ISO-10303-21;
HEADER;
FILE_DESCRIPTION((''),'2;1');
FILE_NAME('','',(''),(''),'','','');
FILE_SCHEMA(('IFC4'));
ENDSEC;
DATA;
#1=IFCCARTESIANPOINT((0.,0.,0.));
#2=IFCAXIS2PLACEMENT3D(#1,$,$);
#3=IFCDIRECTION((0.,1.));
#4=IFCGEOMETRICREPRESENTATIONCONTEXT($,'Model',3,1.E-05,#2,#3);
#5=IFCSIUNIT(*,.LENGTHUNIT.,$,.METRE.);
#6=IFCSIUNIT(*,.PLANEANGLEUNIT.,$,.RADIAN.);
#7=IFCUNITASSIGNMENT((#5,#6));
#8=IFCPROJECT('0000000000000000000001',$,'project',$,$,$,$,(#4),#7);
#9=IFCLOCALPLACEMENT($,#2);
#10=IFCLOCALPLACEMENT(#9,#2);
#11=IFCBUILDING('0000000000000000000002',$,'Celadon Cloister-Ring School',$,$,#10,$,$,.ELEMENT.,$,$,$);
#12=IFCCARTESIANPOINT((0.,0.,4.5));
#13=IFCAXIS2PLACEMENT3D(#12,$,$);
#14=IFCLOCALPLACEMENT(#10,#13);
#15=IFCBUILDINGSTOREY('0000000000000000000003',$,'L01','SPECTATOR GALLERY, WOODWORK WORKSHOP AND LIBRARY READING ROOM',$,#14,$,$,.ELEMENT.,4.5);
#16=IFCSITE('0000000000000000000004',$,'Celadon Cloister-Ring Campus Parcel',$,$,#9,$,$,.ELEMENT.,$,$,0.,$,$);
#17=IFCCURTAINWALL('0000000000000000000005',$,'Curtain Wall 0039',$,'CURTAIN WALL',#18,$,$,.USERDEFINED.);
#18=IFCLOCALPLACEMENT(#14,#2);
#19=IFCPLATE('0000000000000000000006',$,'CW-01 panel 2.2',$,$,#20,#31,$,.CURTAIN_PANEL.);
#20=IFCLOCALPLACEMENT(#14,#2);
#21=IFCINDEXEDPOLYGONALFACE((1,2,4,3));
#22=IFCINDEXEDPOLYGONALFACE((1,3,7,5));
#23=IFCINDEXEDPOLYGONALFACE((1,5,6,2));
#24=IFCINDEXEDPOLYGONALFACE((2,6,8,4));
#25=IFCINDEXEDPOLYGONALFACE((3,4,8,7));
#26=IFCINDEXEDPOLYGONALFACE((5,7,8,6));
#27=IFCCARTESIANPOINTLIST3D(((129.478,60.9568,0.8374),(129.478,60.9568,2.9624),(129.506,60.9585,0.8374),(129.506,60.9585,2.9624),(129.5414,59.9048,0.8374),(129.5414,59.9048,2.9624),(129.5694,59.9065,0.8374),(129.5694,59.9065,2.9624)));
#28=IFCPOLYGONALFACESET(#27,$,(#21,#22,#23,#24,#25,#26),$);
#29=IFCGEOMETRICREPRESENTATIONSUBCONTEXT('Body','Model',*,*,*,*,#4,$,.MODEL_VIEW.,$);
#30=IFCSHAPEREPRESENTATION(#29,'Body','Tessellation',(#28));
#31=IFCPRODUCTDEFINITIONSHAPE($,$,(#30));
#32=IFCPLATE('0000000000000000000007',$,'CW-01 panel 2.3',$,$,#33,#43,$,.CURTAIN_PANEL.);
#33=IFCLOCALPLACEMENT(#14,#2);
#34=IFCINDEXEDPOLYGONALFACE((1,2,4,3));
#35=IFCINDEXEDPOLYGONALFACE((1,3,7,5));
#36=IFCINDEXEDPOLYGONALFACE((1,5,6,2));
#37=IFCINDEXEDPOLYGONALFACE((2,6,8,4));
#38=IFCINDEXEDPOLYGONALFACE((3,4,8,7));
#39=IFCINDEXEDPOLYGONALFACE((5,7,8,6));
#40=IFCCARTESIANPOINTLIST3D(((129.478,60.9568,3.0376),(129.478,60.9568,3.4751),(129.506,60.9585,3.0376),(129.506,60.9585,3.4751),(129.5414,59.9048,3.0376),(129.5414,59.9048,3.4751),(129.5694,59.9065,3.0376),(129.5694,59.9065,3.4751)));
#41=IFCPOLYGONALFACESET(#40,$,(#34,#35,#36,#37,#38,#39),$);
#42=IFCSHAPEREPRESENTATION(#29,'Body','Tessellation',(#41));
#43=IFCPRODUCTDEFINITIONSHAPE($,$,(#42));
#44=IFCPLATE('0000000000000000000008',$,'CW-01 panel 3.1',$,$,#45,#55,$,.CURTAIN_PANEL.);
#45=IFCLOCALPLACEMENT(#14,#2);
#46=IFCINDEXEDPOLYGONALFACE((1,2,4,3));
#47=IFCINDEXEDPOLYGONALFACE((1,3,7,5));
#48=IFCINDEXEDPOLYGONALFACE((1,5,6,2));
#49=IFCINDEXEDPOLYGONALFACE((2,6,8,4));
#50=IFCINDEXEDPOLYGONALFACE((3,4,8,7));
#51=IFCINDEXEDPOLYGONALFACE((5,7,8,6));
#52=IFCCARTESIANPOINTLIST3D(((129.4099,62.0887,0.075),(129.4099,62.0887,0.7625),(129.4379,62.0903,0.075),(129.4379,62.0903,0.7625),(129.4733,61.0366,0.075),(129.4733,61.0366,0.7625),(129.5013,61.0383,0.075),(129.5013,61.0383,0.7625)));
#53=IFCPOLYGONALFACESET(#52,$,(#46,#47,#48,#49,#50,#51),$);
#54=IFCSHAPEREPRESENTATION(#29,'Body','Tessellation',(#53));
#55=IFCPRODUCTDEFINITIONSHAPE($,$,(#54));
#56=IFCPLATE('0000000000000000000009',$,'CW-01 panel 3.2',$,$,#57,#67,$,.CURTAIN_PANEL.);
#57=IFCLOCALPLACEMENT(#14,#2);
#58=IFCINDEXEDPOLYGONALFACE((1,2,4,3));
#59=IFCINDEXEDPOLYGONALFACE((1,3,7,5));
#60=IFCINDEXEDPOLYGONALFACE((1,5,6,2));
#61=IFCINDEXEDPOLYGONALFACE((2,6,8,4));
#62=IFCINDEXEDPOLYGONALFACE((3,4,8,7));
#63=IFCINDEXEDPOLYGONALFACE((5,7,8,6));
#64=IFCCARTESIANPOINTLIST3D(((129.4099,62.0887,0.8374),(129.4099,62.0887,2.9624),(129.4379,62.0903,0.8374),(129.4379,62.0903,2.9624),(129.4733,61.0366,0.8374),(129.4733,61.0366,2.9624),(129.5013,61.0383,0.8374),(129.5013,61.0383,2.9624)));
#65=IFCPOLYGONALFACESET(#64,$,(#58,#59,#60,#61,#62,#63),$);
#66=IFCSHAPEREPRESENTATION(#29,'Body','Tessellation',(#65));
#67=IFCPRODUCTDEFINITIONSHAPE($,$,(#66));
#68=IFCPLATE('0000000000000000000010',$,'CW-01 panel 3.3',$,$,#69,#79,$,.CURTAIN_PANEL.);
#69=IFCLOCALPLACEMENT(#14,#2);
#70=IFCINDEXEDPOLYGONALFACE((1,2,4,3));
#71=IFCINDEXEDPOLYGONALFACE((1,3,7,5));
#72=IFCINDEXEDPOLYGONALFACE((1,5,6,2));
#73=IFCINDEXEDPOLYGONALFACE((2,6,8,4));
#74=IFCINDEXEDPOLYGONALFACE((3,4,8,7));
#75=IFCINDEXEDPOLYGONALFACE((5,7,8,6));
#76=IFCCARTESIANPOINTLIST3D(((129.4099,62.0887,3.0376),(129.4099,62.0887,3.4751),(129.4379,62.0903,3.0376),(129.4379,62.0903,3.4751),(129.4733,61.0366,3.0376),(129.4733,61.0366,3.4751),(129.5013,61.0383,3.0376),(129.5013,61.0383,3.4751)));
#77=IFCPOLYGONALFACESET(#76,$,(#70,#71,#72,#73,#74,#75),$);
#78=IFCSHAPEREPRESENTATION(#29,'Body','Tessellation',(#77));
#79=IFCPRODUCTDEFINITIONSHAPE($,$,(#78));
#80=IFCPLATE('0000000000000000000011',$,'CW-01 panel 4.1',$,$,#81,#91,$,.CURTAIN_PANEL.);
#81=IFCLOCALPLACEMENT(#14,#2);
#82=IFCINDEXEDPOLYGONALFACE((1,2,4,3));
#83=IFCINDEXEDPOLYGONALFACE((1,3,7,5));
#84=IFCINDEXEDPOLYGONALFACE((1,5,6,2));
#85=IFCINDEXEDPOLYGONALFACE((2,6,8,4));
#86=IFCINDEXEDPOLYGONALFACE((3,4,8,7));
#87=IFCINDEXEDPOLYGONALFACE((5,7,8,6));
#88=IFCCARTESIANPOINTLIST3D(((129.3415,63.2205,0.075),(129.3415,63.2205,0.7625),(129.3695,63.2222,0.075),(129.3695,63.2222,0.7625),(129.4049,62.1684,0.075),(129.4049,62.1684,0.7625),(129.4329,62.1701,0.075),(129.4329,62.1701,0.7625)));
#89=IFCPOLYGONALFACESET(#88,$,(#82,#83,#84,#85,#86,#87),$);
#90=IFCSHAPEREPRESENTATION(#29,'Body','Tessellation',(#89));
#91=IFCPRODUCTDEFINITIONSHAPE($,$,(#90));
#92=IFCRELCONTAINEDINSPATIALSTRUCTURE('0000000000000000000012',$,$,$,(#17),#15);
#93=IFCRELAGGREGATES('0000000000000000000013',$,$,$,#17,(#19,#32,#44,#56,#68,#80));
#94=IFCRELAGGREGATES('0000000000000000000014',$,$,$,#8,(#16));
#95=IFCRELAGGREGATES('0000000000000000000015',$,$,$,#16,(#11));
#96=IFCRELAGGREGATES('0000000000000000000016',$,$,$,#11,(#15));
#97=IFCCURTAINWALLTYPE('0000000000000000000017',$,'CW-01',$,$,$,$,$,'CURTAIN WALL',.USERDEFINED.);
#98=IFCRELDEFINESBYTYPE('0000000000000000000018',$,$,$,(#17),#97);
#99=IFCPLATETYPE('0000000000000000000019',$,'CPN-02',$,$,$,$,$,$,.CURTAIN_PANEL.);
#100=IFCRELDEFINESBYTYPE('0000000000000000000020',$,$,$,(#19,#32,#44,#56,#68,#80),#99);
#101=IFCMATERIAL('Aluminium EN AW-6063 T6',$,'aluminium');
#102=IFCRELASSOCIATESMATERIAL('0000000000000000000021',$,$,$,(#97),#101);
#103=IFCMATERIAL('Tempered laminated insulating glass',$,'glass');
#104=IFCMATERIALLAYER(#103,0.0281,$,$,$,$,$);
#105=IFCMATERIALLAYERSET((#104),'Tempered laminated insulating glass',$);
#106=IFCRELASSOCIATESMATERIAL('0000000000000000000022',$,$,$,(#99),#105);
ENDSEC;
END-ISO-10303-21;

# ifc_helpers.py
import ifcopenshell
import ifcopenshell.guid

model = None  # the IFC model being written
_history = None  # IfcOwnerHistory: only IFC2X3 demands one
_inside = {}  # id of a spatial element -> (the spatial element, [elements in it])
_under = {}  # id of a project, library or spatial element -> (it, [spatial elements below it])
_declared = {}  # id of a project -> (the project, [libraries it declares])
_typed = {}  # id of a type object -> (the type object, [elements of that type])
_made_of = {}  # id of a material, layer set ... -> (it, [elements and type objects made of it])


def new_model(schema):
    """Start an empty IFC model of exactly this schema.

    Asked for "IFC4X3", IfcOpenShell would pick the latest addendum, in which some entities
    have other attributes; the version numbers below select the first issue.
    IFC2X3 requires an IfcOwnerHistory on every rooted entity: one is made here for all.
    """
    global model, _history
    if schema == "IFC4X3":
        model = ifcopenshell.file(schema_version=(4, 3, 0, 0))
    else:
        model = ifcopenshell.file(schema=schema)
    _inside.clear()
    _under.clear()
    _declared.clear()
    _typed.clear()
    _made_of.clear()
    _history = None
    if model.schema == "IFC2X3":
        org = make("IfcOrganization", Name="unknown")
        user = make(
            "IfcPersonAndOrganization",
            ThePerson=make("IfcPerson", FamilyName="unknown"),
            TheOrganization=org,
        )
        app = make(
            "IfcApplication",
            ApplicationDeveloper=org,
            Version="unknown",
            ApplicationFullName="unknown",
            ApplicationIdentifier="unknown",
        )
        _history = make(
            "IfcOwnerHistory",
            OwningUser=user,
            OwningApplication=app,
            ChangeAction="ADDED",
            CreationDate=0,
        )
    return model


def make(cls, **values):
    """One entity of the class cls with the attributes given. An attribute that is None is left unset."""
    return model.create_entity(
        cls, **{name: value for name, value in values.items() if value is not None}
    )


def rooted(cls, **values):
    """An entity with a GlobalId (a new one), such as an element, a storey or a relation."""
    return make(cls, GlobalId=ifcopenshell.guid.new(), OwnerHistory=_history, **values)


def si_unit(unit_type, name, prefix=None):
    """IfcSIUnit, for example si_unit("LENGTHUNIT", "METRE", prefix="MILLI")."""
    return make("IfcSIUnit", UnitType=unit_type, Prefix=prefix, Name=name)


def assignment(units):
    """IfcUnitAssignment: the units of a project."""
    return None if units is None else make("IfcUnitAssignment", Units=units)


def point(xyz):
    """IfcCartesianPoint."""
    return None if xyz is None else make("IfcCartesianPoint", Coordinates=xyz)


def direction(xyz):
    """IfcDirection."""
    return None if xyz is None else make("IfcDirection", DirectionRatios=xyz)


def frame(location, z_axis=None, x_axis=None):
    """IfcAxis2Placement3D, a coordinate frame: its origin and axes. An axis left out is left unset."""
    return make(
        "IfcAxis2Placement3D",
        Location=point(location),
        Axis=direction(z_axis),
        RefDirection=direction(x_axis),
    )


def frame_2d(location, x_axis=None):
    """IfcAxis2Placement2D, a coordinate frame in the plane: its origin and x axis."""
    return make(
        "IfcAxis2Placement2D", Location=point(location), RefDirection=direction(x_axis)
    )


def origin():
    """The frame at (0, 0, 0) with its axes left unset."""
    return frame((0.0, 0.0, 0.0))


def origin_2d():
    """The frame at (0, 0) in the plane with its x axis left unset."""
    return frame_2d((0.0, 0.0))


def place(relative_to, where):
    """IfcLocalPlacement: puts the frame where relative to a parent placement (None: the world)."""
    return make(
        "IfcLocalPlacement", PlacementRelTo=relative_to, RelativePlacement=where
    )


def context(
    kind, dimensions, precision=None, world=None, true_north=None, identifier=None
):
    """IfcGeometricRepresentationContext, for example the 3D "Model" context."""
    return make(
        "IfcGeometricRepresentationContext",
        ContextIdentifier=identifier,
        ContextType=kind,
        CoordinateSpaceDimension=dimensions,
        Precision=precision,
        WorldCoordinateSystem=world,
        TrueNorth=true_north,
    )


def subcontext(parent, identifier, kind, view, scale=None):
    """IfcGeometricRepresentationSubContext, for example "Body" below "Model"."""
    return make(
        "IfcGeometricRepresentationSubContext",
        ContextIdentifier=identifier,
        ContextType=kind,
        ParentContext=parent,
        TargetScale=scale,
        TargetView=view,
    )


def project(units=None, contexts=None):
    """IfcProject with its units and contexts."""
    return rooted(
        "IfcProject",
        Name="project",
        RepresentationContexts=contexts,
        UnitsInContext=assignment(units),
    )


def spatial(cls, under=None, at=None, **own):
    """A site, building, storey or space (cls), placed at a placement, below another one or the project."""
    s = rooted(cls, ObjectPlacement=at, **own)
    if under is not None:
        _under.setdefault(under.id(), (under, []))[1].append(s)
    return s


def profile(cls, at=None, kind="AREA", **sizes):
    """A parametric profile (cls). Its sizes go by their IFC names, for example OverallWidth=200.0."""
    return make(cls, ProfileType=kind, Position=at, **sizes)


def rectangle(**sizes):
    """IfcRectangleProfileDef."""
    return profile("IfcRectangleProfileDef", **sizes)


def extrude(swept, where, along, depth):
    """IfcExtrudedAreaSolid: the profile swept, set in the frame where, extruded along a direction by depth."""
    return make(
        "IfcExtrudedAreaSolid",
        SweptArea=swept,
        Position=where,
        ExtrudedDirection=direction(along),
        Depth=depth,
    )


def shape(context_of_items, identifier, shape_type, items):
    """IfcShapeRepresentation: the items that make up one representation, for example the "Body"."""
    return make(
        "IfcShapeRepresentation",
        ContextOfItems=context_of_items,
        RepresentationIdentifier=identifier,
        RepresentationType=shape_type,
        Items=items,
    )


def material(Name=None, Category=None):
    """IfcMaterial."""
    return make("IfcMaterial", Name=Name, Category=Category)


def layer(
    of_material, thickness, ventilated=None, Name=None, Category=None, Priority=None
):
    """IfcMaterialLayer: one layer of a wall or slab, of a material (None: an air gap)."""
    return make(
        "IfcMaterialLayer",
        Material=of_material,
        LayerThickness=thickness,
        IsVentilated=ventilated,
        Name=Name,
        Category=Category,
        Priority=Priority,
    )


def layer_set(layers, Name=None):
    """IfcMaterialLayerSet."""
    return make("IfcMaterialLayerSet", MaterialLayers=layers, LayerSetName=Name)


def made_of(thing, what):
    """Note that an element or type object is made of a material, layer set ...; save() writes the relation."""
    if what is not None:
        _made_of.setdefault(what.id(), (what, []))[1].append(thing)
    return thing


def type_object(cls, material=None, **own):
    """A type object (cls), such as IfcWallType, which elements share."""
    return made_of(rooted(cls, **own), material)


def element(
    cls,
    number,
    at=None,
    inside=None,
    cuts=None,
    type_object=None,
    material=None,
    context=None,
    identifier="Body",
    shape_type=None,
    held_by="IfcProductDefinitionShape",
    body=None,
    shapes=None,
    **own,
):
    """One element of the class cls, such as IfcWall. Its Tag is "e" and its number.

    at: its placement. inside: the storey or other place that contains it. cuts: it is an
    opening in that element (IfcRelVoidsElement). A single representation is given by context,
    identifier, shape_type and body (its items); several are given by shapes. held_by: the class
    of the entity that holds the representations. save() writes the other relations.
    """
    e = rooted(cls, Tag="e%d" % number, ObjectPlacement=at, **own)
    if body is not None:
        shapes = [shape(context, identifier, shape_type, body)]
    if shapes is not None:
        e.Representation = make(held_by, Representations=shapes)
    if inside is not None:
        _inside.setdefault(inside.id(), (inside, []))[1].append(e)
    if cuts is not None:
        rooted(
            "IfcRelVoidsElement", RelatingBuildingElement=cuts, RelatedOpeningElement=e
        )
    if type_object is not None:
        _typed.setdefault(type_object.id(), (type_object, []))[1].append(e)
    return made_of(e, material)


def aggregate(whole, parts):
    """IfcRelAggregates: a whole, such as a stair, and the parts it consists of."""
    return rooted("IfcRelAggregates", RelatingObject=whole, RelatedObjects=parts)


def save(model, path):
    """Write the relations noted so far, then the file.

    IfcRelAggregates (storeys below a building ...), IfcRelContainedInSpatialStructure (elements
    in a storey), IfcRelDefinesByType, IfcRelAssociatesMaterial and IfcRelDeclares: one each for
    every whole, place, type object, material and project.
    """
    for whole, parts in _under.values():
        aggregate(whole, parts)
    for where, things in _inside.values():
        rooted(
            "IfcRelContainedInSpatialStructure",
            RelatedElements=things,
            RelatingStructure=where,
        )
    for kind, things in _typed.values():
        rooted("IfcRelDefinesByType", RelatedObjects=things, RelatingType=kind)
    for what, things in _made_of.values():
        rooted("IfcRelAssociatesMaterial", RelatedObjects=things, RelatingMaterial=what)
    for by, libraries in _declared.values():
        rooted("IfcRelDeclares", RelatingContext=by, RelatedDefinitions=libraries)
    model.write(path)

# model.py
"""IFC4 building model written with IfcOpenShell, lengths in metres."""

from ifc_helpers import new_model, si_unit, direction, frame, origin, origin_2d, place, context, subcontext, project, spatial, rectangle, extrude, material, layer, layer_set, type_object, element, aggregate, save


model = new_model("IFC4")

# Units and contexts
model_context = context("Model", 3, precision=1e-05, world=origin(), true_north=direction((0.0, 1.0)))
body_context = subcontext(model_context, "Body", "Model", "MODEL_VIEW")
ifc_project = project(units=[si_unit("LENGTHUNIT", "METRE"), si_unit("PLANEANGLEUNIT", "RADIAN")], contexts=[model_context])

# Site, building, storey
site_placement = place(None, origin())
site = spatial("IfcSite", under=ifc_project, at=site_placement, Name="Celadon Cloister-Ring Campus Parcel", CompositionType="ELEMENT", RefElevation=0.0)
building_placement = place(site_placement, origin())
building = spatial("IfcBuilding", under=site, at=building_placement, Name="Celadon Cloister-Ring School", CompositionType="ELEMENT")
storey_placement = place(building_placement, frame((0.0, 0.0, 4.5)))
storey = spatial("IfcBuildingStorey", under=building, at=storey_placement, Name="L01", Description="SPECTATOR GALLERY, WOODWORK WORKSHOP AND LIBRARY READING ROOM", CompositionType="ELEMENT", Elevation=4.5)

# Curtain wall, plates
ifc_material_1 = material(Name="Aluminium EN AW-6063 T6", Category="aluminium")
curtain_wall_type = type_object("IfcCurtainWallType", Name="CW-01", ElementType="CURTAIN WALL", PredefinedType="USERDEFINED", material=ifc_material_1)
curtain_wall_placement = place(storey_placement, origin())
curtain_wall = element("IfcCurtainWall", 1, at=curtain_wall_placement, inside=storey, type_object=curtain_wall_type, Name="Curtain Wall 0039", ObjectType="CURTAIN WALL", PredefinedType="USERDEFINED")
ifc_material_2 = material(Name="Tempered laminated insulating glass", Category="glass")
ifc_layer = layer(ifc_material_2, 0.0281)
ifc_layer_set = layer_set([ifc_layer], Name="Tempered laminated insulating glass")
plate_type = type_object("IfcPlateType", Name="CPN-02", PredefinedType="CURTAIN_PANEL", material=ifc_layer_set)
plate_1_placement = place(storey_placement, frame((129.5237, 60.4316, 0.8374), z_axis=(0.0, 0.0, 1.0), x_axis=(-0.060149, 0.998189, 0.0)))
plate_1 = element("IfcPlate", 2, at=plate_1_placement, type_object=plate_type, Name="CW-01 panel 2.2", PredefinedType="CURTAIN_PANEL", context=body_context, shape_type="SweptSolid", body=[
    extrude(rectangle(XDim=1.054, YDim=0.0281, at=origin_2d()), origin(), (0.0, 0.0, 1.0), 2.125),
])
plate_2_placement = place(storey_placement, frame((129.5237, 60.4316, 3.0376), z_axis=(0.0, 0.0, 1.0), x_axis=(-0.060149, 0.998189, 0.0)))
plate_2 = element("IfcPlate", 3, at=plate_2_placement, type_object=plate_type, Name="CW-01 panel 2.3", PredefinedType="CURTAIN_PANEL", context=body_context, shape_type="SweptSolid", body=[
    extrude(rectangle(XDim=1.054, YDim=0.0281, at=origin_2d()), origin(), (0.0, 0.0, 1.0), 0.4375),
])
plate_3_placement = place(storey_placement, frame((129.4556, 61.5635, 0.075), z_axis=(0.0, 0.0, 1.0), x_axis=(-0.060149, 0.998189, 0.0)))
plate_3 = element("IfcPlate", 4, at=plate_3_placement, type_object=plate_type, Name="CW-01 panel 3.1", PredefinedType="CURTAIN_PANEL", context=body_context, shape_type="SweptSolid", body=[
    extrude(rectangle(XDim=1.054, YDim=0.0281, at=origin_2d()), origin(), (0.0, 0.0, 1.0), 0.6875),
])
plate_4_placement = place(storey_placement, frame((129.4556, 61.5635, 0.8374), z_axis=(0.0, 0.0, 1.0), x_axis=(-0.060149, 0.998189, 0.0)))
plate_4 = element("IfcPlate", 5, at=plate_4_placement, type_object=plate_type, Name="CW-01 panel 3.2", PredefinedType="CURTAIN_PANEL", context=body_context, shape_type="SweptSolid", body=[
    extrude(rectangle(XDim=1.054, YDim=0.0281, at=origin_2d()), origin(), (0.0, 0.0, 1.0), 2.125),
])
plate_5_placement = place(storey_placement, frame((129.4556, 61.5635, 3.0376), z_axis=(0.0, 0.0, 1.0), x_axis=(-0.060149, 0.998189, 0.0)))
plate_5 = element("IfcPlate", 6, at=plate_5_placement, type_object=plate_type, Name="CW-01 panel 3.3", PredefinedType="CURTAIN_PANEL", context=body_context, shape_type="SweptSolid", body=[
    extrude(rectangle(XDim=1.054, YDim=0.0281, at=origin_2d()), origin(), (0.0, 0.0, 1.0), 0.4375),
])
plate_6_placement = place(storey_placement, frame((129.3872, 62.6953, 0.075), z_axis=(0.0, 0.0, 1.0), x_axis=(-0.060149, 0.998189, 0.0)))
plate_6 = element("IfcPlate", 7, at=plate_6_placement, type_object=plate_type, Name="CW-01 panel 4.1", PredefinedType="CURTAIN_PANEL", context=body_context, shape_type="SweptSolid", body=[
    extrude(rectangle(XDim=1.054, YDim=0.0281, at=origin_2d()), origin(), (0.0, 0.0, 1.0), 0.6875),
])
aggregate(curtain_wall, [plate_1, plate_2, plate_3, plate_4, plate_5, plate_6])

save(model, "model.ifc")
